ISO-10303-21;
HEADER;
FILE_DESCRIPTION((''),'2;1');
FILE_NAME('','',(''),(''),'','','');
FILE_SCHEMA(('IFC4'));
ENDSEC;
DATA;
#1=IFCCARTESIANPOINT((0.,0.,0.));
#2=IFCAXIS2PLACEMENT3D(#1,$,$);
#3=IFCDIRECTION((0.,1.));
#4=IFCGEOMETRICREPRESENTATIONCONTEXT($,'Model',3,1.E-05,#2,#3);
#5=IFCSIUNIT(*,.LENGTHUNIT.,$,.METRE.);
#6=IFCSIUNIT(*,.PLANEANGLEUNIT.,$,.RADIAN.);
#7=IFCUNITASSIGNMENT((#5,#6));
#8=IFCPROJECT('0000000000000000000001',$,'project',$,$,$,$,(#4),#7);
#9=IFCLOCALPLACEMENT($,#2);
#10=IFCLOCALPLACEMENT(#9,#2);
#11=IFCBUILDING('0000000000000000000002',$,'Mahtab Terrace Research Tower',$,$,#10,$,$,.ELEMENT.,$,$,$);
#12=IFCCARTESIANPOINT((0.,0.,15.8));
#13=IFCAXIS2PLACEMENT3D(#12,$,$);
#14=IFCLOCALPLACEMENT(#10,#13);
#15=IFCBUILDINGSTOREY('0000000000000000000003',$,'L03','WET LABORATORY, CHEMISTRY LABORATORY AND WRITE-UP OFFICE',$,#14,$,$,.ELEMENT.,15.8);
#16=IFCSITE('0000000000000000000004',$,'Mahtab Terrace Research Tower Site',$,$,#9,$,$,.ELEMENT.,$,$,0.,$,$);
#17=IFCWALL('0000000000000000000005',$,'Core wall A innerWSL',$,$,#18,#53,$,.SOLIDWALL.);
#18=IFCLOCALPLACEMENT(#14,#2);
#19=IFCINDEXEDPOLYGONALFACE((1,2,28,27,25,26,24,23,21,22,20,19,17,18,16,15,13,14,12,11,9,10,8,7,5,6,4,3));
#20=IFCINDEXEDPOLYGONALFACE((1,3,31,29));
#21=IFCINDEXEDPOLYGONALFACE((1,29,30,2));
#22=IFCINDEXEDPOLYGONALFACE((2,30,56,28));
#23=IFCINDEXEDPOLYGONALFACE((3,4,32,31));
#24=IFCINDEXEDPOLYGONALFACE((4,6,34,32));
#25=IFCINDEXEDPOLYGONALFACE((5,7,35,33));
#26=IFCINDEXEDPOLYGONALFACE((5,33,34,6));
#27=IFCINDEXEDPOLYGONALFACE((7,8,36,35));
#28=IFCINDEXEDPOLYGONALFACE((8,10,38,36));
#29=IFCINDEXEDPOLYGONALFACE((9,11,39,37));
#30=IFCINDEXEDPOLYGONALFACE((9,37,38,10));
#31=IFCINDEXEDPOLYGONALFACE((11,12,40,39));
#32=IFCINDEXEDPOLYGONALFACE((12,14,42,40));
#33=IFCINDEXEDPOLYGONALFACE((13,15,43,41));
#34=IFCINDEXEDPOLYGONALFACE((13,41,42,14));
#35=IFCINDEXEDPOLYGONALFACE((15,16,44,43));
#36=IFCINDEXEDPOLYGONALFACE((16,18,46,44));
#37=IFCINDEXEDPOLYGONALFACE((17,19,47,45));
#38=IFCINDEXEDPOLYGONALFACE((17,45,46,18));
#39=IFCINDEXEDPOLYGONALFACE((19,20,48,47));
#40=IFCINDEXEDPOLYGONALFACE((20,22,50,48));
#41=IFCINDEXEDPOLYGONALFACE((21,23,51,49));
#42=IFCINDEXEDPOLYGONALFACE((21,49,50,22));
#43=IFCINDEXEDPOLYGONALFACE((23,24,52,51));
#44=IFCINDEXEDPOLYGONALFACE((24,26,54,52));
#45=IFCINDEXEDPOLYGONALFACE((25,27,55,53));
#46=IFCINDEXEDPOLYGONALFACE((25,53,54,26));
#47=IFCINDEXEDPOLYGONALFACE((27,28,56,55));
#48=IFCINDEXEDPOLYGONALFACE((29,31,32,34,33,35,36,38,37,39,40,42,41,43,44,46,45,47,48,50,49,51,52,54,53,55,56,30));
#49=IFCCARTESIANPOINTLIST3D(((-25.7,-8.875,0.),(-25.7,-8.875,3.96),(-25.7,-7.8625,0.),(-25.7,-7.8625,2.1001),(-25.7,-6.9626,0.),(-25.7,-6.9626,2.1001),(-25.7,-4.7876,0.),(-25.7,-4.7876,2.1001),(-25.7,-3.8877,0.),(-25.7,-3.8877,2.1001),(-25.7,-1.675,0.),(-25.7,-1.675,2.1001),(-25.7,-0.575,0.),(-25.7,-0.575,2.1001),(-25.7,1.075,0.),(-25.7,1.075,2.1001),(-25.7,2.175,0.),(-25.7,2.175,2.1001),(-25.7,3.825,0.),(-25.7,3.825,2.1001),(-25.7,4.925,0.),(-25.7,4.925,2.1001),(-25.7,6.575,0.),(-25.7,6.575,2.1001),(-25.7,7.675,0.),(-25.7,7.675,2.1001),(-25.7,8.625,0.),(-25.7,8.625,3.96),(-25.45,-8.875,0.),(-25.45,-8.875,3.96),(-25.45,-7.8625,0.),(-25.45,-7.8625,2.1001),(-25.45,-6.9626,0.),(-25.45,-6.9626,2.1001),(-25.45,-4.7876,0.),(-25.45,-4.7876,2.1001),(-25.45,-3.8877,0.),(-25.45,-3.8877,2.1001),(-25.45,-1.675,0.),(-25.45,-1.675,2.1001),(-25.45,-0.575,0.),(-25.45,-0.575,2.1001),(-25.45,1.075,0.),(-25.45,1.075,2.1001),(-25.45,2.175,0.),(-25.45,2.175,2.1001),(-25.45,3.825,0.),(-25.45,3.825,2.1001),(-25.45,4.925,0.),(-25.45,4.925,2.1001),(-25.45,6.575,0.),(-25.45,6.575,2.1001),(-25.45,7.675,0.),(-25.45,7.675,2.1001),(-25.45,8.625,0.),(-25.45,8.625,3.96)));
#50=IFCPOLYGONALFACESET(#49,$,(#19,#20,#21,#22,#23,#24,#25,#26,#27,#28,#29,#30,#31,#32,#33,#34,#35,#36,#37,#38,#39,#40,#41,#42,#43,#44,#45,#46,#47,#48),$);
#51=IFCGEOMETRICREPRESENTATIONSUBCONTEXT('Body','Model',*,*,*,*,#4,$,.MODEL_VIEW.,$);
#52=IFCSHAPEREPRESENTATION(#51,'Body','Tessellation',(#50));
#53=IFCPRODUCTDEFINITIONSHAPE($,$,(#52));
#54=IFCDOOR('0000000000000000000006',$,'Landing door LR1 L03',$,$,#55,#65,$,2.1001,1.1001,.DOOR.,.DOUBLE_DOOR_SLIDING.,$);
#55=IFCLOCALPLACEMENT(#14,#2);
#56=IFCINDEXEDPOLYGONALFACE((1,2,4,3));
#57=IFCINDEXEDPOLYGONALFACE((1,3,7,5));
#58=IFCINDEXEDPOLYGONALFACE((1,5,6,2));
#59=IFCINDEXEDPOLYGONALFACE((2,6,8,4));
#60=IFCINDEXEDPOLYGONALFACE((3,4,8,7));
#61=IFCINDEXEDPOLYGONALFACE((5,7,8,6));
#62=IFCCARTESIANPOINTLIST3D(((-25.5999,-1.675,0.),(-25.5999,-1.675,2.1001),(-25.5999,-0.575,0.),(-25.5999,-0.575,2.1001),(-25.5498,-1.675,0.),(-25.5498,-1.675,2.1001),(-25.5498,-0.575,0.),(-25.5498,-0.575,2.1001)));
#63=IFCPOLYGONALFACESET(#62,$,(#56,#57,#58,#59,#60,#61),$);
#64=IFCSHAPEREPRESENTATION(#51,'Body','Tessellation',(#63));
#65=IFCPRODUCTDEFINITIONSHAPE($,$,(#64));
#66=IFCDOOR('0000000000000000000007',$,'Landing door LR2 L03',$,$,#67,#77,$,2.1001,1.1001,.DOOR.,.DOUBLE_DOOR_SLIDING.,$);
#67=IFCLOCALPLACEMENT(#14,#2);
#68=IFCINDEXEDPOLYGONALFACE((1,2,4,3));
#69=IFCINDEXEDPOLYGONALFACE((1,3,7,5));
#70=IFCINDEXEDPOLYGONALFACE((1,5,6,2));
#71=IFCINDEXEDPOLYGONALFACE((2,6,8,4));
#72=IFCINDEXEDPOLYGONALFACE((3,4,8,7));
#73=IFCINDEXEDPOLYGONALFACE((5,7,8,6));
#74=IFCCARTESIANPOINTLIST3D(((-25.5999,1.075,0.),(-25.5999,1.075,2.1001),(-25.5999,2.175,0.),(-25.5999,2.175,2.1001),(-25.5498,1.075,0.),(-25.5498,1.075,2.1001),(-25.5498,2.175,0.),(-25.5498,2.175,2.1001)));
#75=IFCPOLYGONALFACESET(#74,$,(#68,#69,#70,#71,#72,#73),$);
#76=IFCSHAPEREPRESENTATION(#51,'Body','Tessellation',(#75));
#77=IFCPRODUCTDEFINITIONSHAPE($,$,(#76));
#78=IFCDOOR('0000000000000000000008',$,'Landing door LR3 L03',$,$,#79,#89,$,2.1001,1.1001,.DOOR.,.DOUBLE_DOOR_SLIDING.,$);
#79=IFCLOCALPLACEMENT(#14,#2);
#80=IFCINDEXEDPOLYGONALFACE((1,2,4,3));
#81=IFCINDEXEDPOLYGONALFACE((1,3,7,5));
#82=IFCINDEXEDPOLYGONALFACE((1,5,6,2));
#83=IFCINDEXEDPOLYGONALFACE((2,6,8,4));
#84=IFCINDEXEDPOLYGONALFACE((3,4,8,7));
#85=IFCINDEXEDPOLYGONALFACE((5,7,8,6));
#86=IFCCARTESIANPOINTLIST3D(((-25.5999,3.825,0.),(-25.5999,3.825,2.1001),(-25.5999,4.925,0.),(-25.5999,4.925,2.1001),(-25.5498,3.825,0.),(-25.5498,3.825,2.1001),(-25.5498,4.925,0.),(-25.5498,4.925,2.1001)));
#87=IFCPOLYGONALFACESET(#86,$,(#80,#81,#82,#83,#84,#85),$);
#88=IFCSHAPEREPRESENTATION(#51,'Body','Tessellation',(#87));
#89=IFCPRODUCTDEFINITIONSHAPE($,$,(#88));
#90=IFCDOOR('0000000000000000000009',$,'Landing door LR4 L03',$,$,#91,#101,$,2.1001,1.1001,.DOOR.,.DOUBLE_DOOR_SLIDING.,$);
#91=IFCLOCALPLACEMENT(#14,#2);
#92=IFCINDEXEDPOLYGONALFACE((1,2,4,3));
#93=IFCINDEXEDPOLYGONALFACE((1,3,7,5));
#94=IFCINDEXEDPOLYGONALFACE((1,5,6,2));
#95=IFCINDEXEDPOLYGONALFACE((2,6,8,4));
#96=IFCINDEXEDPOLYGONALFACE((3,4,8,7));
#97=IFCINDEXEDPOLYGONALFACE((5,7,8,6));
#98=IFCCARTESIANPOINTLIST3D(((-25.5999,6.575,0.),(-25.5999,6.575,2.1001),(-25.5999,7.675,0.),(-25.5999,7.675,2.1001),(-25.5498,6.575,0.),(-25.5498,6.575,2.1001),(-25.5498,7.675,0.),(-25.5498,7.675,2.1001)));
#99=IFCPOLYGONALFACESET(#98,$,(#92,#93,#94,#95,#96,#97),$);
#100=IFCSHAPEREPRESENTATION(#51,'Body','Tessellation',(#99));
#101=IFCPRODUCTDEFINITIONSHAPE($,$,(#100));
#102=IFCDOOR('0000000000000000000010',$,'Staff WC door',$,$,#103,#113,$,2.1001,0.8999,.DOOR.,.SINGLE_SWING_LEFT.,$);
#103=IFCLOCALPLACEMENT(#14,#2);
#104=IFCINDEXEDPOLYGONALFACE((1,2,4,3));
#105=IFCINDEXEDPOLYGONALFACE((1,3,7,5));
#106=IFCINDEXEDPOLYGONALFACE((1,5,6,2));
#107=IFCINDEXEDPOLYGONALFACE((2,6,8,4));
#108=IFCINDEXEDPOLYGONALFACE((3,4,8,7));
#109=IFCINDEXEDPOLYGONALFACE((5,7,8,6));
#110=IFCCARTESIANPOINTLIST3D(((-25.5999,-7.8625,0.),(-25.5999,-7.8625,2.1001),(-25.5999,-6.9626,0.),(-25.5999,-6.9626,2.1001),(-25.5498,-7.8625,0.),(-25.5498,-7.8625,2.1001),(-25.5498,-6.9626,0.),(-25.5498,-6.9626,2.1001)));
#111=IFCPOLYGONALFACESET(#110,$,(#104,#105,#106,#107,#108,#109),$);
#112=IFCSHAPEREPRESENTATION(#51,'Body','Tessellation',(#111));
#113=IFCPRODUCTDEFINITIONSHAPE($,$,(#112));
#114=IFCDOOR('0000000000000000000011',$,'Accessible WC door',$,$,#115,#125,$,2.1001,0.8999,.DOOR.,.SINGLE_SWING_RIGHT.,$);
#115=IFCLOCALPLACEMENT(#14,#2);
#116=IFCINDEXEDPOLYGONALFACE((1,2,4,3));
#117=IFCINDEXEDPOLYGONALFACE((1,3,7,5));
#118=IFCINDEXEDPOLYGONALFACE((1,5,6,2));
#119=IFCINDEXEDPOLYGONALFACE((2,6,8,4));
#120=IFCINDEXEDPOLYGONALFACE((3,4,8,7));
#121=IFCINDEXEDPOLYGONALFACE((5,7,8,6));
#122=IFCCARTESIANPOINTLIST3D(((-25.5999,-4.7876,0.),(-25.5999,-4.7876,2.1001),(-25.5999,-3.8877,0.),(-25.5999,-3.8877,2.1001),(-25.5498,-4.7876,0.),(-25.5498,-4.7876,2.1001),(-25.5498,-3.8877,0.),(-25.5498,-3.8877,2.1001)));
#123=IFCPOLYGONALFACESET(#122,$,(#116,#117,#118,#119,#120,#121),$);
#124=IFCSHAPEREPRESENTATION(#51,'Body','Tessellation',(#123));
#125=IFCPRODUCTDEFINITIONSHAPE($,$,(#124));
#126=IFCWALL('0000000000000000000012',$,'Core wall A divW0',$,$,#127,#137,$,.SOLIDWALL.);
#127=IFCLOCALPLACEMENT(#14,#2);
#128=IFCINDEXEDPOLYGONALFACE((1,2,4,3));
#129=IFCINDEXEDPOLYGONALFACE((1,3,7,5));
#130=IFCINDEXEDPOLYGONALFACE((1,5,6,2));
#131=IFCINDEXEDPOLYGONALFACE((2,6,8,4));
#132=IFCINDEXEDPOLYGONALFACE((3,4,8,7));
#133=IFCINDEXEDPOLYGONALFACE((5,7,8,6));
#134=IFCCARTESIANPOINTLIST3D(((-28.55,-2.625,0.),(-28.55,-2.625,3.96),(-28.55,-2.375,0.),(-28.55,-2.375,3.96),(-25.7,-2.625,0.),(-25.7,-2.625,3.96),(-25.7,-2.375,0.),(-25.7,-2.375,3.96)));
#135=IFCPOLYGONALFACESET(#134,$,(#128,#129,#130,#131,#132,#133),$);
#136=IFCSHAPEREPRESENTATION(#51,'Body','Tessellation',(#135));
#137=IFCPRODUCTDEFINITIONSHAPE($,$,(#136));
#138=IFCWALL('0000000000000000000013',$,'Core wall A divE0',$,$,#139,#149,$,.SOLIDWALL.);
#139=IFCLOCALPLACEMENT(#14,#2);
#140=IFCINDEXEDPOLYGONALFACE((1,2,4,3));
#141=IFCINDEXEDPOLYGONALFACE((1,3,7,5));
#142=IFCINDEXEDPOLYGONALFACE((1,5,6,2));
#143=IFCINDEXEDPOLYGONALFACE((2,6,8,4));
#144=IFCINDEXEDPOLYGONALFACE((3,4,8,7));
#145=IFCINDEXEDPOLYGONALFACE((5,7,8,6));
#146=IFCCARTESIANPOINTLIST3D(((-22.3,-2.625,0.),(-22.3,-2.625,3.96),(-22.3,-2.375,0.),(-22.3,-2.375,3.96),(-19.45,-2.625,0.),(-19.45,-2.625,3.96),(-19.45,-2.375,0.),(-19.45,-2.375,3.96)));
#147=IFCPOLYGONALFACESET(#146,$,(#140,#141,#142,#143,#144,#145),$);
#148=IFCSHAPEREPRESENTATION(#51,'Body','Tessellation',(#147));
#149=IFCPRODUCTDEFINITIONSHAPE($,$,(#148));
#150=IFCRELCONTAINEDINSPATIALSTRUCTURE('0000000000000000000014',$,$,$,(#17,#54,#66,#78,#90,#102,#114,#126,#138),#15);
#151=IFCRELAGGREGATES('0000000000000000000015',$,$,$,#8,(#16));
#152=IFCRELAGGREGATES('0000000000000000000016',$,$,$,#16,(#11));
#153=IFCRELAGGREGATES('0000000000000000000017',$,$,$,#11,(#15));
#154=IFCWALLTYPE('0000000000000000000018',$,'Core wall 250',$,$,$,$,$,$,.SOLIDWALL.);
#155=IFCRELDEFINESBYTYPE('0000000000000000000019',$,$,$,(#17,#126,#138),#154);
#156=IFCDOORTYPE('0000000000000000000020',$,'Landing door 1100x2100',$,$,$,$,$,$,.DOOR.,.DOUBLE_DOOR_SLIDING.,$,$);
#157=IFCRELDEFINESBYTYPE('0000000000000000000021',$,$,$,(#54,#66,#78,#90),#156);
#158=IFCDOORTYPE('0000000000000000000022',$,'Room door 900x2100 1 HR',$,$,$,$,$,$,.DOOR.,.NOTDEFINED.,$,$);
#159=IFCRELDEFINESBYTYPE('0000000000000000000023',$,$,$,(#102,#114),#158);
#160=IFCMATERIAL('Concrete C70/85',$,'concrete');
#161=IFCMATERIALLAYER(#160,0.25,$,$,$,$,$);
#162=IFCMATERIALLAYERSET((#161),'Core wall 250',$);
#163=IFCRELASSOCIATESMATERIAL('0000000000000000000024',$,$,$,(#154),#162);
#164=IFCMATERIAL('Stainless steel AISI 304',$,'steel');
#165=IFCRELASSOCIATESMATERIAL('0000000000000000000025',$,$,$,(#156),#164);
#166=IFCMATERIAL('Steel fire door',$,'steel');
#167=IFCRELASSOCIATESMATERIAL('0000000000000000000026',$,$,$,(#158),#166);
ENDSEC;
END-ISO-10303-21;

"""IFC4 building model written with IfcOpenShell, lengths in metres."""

from ifc_helpers import new_model, si_unit, direction, frame, frame_2d, origin, place, context, subcontext, project, spatial, rectangle, extrude, material, layer, layer_set, type_object, element, fill, save


model = new_model("IFC4")

# Units and contexts
model_context = context("Model", 3, precision=1e-05, world=origin(), true_north=direction((0.0, 1.0)))
body_context = subcontext(model_context, "Body", "Model", "MODEL_VIEW")
ifc_project = project(units=[si_unit("LENGTHUNIT", "METRE"), si_unit("PLANEANGLEUNIT", "RADIAN")], contexts=[model_context])

# Site, building, storey
site_placement = place(None, origin())
site = spatial("IfcSite", under=ifc_project, at=site_placement, Name="Mahtab Terrace Research Tower Site", CompositionType="ELEMENT", RefElevation=0.0)
building_placement = place(site_placement, origin())
building = spatial("IfcBuilding", under=site, at=building_placement, Name="Mahtab Terrace Research Tower", CompositionType="ELEMENT")
storey_placement = place(building_placement, frame((0.0, 0.0, 15.8)))
storey = spatial("IfcBuildingStorey", under=building, at=storey_placement, Name="L03", Description="WET LABORATORY, CHEMISTRY LABORATORY AND WRITE-UP OFFICE", CompositionType="ELEMENT", Elevation=15.8)

# Shared definitions
ifc_material_1 = material(Name="Concrete C70/85", Category="concrete")

# Shared definitions
ifc_layer_1 = layer(ifc_material_1, 0.25)
ifc_layer_set_1 = layer_set([ifc_layer_1], Name="Core wall 250")
wall_type_1 = type_object("IfcWallType", Name="Core wall 250", PredefinedType="SOLIDWALL", material=ifc_layer_set_1)

# Shared definitions
ifc_material_2 = material(Name="Steel fire door", Category="steel")

# Wall, openings, doors
wall_1_placement = place(storey_placement, frame((-25.575, -8.875, 0.0), z_axis=(0.0, 0.0, 1.0), x_axis=(0.0, 1.0, 0.0)))
wall_1 = element("IfcWall", 1, at=wall_1_placement, inside=storey, type_object=wall_type_1, Name="Core wall A innerWSL", PredefinedType="SOLIDWALL", context=body_context, shape_type="SweptSolid", body=[
    extrude(rectangle(XDim=17.5, YDim=0.25, at=frame_2d((8.75, 0.0))), origin(), (0.0, 0.0, 1.0), 3.96),
])
opening_1_placement = place(wall_1_placement, frame((7.2, 0.0, 0.0)))
opening_1 = element("IfcOpeningElement", 2, at=opening_1_placement, cuts=wall_1, PredefinedType="OPENING", context=body_context, shape_type="SweptSolid", body=[
    extrude(rectangle(XDim=1.1001, YDim=2.1001, at=frame_2d((0.55, 1.05))), frame((0.0, 0.135, 0.0), z_axis=(0.0, -1.0, 0.0), x_axis=(1.0, 0.0, 0.0)), (0.0, 0.0, 1.0), 0.27),
])
opening_2_placement = place(wall_1_placement, frame((9.95, 0.0, 0.0)))
opening_2 = element("IfcOpeningElement", 3, at=opening_2_placement, cuts=wall_1, PredefinedType="OPENING", context=body_context, shape_type="SweptSolid", body=[
    extrude(rectangle(XDim=1.1001, YDim=2.1001, at=frame_2d((0.55, 1.05))), frame((0.0, 0.135, 0.0), z_axis=(0.0, -1.0, 0.0), x_axis=(1.0, 0.0, 0.0)), (0.0, 0.0, 1.0), 0.27),
])
opening_3_placement = place(wall_1_placement, frame((12.7, 0.0, 0.0)))
opening_3 = element("IfcOpeningElement", 4, at=opening_3_placement, cuts=wall_1, PredefinedType="OPENING", context=body_context, shape_type="SweptSolid", body=[
    extrude(rectangle(XDim=1.1001, YDim=2.1001, at=frame_2d((0.55, 1.05))), frame((0.0, 0.135, 0.0), z_axis=(0.0, -1.0, 0.0), x_axis=(1.0, 0.0, 0.0)), (0.0, 0.0, 1.0), 0.27),
])
opening_4_placement = place(wall_1_placement, frame((15.45, 0.0, 0.0)))
opening_4 = element("IfcOpeningElement", 5, at=opening_4_placement, cuts=wall_1, PredefinedType="OPENING", context=body_context, shape_type="SweptSolid", body=[
    extrude(rectangle(XDim=1.1001, YDim=2.1001, at=frame_2d((0.55, 1.05))), frame((0.0, 0.135, 0.0), z_axis=(0.0, -1.0, 0.0), x_axis=(1.0, 0.0, 0.0)), (0.0, 0.0, 1.0), 0.27),
])
opening_5_placement = place(wall_1_placement, frame((1.0125, 0.0, 0.0)))
opening_5 = element("IfcOpeningElement", 6, at=opening_5_placement, cuts=wall_1, PredefinedType="OPENING", context=body_context, shape_type="SweptSolid", body=[
    extrude(rectangle(XDim=0.8999, YDim=2.1001, at=frame_2d((0.45, 1.05))), frame((0.0, 0.135, 0.0), z_axis=(0.0, -1.0, 0.0), x_axis=(1.0, 0.0, 0.0)), (0.0, 0.0, 1.0), 0.27),
])
opening_6_placement = place(wall_1_placement, frame((4.0874, 0.0, 0.0)))
opening_6 = element("IfcOpeningElement", 7, at=opening_6_placement, cuts=wall_1, PredefinedType="OPENING", context=body_context, shape_type="SweptSolid", body=[
    extrude(rectangle(XDim=0.8999, YDim=2.1001, at=frame_2d((0.45, 1.05))), frame((0.0, 0.135, 0.0), z_axis=(0.0, -1.0, 0.0), x_axis=(1.0, 0.0, 0.0)), (0.0, 0.0, 1.0), 0.27),
])
ifc_material_3 = material(Name="Stainless steel AISI 304", Category="steel")
door_type_1 = type_object("IfcDoorType", Name="Landing door 1100x2100", OperationType="DOUBLE_DOOR_SLIDING", PredefinedType="DOOR", material=ifc_material_3)
door_1_placement = place(opening_1_placement, origin())
door_1 = element("IfcDoor", 8, at=door_1_placement, inside=storey, type_object=door_type_1, Name="Landing door LR1 L03", OperationType="DOUBLE_DOOR_SLIDING", OverallHeight=2.1001, OverallWidth=1.1001, PredefinedType="DOOR", context=body_context, shape_type="SweptSolid", body=[
    extrude(rectangle(XDim=1.1001, YDim=2.1001, at=frame_2d((0.55, 1.05))), frame((0.0, 0.0249, 0.0), z_axis=(0.0, -1.0, 0.0), x_axis=(1.0, 0.0, 0.0)), (0.0, 0.0, 1.0), 0.05),
])
fill(opening_1, door_1)
door_2_placement = place(opening_2_placement, origin())
door_2 = element("IfcDoor", 9, at=door_2_placement, inside=storey, type_object=door_type_1, Name="Landing door LR2 L03", OperationType="DOUBLE_DOOR_SLIDING", OverallHeight=2.1001, OverallWidth=1.1001, PredefinedType="DOOR", context=body_context, shape_type="SweptSolid", body=[
    extrude(rectangle(XDim=1.1001, YDim=2.1001, at=frame_2d((0.55, 1.05))), frame((0.0, 0.0249, 0.0), z_axis=(0.0, -1.0, 0.0), x_axis=(1.0, 0.0, 0.0)), (0.0, 0.0, 1.0), 0.05),
])
fill(opening_2, door_2)
door_3_placement = place(opening_3_placement, origin())
door_3 = element("IfcDoor", 10, at=door_3_placement, inside=storey, type_object=door_type_1, Name="Landing door LR3 L03", OperationType="DOUBLE_DOOR_SLIDING", OverallHeight=2.1001, OverallWidth=1.1001, PredefinedType="DOOR", context=body_context, shape_type="SweptSolid", body=[
    extrude(rectangle(XDim=1.1001, YDim=2.1001, at=frame_2d((0.55, 1.05))), frame((0.0, 0.0249, 0.0), z_axis=(0.0, -1.0, 0.0), x_axis=(1.0, 0.0, 0.0)), (0.0, 0.0, 1.0), 0.05),
])
fill(opening_3, door_3)
door_4_placement = place(opening_4_placement, origin())
door_4 = element("IfcDoor", 11, at=door_4_placement, inside=storey, type_object=door_type_1, Name="Landing door LR4 L03", OperationType="DOUBLE_DOOR_SLIDING", OverallHeight=2.1001, OverallWidth=1.1001, PredefinedType="DOOR", context=body_context, shape_type="SweptSolid", body=[
    extrude(rectangle(XDim=1.1001, YDim=2.1001, at=frame_2d((0.55, 1.05))), frame((0.0, 0.0249, 0.0), z_axis=(0.0, -1.0, 0.0), x_axis=(1.0, 0.0, 0.0)), (0.0, 0.0, 1.0), 0.05),
])
fill(opening_4, door_4)
door_type_2 = type_object("IfcDoorType", Name="Room door 900x2100 1 HR", OperationType="NOTDEFINED", PredefinedType="DOOR", material=ifc_material_2)
door_5_placement = place(opening_5_placement, origin())
door_5 = element("IfcDoor", 12, at=door_5_placement, inside=storey, type_object=door_type_2, Name="Staff WC door", OperationType="SINGLE_SWING_LEFT", OverallHeight=2.1001, OverallWidth=0.8999, PredefinedType="DOOR", context=body_context, shape_type="SweptSolid", body=[
    extrude(rectangle(XDim=0.8999, YDim=2.1001, at=frame_2d((0.45, 1.05))), frame((0.0, 0.0249, 0.0), z_axis=(0.0, -1.0, 0.0), x_axis=(1.0, 0.0, 0.0)), (0.0, 0.0, 1.0), 0.05),
])
fill(opening_5, door_5)
door_6_placement = place(opening_6_placement, origin())
door_6 = element("IfcDoor", 13, at=door_6_placement, inside=storey, type_object=door_type_2, Name="Accessible WC door", OperationType="SINGLE_SWING_RIGHT", OverallHeight=2.1001, OverallWidth=0.8999, PredefinedType="DOOR", context=body_context, shape_type="SweptSolid", body=[
    extrude(rectangle(XDim=0.8999, YDim=2.1001, at=frame_2d((0.45, 1.05))), frame((0.0, 0.0249, 0.0), z_axis=(0.0, -1.0, 0.0), x_axis=(1.0, 0.0, 0.0)), (0.0, 0.0, 1.0), 0.05),
])
fill(opening_6, door_6)

# Walls
for number, where, z_axis, x_axis, name in (
    (14, (-28.55, -2.5, 0.0), (0.0, 0.0, 1.0), (1.0, 0.0, 0.0), "Core wall A divW0"),
    (15, (-22.3, -2.5, 0.0), (0.0, 0.0, 1.0), (1.0, 0.0, 0.0), "Core wall A divE0"),
):
    element("IfcWall", number, at=place(storey_placement, frame(where, z_axis=z_axis, x_axis=x_axis)), inside=storey, type_object=wall_type_1, Name=name, PredefinedType="SOLIDWALL", context=body_context, shape_type="SweptSolid", body=[
        extrude(rectangle(XDim=2.8501, YDim=0.25, at=frame_2d((1.425, 0.0))), origin(), (0.0, 0.0, 1.0), 3.96),
    ])

save(model, "model.ifc")
